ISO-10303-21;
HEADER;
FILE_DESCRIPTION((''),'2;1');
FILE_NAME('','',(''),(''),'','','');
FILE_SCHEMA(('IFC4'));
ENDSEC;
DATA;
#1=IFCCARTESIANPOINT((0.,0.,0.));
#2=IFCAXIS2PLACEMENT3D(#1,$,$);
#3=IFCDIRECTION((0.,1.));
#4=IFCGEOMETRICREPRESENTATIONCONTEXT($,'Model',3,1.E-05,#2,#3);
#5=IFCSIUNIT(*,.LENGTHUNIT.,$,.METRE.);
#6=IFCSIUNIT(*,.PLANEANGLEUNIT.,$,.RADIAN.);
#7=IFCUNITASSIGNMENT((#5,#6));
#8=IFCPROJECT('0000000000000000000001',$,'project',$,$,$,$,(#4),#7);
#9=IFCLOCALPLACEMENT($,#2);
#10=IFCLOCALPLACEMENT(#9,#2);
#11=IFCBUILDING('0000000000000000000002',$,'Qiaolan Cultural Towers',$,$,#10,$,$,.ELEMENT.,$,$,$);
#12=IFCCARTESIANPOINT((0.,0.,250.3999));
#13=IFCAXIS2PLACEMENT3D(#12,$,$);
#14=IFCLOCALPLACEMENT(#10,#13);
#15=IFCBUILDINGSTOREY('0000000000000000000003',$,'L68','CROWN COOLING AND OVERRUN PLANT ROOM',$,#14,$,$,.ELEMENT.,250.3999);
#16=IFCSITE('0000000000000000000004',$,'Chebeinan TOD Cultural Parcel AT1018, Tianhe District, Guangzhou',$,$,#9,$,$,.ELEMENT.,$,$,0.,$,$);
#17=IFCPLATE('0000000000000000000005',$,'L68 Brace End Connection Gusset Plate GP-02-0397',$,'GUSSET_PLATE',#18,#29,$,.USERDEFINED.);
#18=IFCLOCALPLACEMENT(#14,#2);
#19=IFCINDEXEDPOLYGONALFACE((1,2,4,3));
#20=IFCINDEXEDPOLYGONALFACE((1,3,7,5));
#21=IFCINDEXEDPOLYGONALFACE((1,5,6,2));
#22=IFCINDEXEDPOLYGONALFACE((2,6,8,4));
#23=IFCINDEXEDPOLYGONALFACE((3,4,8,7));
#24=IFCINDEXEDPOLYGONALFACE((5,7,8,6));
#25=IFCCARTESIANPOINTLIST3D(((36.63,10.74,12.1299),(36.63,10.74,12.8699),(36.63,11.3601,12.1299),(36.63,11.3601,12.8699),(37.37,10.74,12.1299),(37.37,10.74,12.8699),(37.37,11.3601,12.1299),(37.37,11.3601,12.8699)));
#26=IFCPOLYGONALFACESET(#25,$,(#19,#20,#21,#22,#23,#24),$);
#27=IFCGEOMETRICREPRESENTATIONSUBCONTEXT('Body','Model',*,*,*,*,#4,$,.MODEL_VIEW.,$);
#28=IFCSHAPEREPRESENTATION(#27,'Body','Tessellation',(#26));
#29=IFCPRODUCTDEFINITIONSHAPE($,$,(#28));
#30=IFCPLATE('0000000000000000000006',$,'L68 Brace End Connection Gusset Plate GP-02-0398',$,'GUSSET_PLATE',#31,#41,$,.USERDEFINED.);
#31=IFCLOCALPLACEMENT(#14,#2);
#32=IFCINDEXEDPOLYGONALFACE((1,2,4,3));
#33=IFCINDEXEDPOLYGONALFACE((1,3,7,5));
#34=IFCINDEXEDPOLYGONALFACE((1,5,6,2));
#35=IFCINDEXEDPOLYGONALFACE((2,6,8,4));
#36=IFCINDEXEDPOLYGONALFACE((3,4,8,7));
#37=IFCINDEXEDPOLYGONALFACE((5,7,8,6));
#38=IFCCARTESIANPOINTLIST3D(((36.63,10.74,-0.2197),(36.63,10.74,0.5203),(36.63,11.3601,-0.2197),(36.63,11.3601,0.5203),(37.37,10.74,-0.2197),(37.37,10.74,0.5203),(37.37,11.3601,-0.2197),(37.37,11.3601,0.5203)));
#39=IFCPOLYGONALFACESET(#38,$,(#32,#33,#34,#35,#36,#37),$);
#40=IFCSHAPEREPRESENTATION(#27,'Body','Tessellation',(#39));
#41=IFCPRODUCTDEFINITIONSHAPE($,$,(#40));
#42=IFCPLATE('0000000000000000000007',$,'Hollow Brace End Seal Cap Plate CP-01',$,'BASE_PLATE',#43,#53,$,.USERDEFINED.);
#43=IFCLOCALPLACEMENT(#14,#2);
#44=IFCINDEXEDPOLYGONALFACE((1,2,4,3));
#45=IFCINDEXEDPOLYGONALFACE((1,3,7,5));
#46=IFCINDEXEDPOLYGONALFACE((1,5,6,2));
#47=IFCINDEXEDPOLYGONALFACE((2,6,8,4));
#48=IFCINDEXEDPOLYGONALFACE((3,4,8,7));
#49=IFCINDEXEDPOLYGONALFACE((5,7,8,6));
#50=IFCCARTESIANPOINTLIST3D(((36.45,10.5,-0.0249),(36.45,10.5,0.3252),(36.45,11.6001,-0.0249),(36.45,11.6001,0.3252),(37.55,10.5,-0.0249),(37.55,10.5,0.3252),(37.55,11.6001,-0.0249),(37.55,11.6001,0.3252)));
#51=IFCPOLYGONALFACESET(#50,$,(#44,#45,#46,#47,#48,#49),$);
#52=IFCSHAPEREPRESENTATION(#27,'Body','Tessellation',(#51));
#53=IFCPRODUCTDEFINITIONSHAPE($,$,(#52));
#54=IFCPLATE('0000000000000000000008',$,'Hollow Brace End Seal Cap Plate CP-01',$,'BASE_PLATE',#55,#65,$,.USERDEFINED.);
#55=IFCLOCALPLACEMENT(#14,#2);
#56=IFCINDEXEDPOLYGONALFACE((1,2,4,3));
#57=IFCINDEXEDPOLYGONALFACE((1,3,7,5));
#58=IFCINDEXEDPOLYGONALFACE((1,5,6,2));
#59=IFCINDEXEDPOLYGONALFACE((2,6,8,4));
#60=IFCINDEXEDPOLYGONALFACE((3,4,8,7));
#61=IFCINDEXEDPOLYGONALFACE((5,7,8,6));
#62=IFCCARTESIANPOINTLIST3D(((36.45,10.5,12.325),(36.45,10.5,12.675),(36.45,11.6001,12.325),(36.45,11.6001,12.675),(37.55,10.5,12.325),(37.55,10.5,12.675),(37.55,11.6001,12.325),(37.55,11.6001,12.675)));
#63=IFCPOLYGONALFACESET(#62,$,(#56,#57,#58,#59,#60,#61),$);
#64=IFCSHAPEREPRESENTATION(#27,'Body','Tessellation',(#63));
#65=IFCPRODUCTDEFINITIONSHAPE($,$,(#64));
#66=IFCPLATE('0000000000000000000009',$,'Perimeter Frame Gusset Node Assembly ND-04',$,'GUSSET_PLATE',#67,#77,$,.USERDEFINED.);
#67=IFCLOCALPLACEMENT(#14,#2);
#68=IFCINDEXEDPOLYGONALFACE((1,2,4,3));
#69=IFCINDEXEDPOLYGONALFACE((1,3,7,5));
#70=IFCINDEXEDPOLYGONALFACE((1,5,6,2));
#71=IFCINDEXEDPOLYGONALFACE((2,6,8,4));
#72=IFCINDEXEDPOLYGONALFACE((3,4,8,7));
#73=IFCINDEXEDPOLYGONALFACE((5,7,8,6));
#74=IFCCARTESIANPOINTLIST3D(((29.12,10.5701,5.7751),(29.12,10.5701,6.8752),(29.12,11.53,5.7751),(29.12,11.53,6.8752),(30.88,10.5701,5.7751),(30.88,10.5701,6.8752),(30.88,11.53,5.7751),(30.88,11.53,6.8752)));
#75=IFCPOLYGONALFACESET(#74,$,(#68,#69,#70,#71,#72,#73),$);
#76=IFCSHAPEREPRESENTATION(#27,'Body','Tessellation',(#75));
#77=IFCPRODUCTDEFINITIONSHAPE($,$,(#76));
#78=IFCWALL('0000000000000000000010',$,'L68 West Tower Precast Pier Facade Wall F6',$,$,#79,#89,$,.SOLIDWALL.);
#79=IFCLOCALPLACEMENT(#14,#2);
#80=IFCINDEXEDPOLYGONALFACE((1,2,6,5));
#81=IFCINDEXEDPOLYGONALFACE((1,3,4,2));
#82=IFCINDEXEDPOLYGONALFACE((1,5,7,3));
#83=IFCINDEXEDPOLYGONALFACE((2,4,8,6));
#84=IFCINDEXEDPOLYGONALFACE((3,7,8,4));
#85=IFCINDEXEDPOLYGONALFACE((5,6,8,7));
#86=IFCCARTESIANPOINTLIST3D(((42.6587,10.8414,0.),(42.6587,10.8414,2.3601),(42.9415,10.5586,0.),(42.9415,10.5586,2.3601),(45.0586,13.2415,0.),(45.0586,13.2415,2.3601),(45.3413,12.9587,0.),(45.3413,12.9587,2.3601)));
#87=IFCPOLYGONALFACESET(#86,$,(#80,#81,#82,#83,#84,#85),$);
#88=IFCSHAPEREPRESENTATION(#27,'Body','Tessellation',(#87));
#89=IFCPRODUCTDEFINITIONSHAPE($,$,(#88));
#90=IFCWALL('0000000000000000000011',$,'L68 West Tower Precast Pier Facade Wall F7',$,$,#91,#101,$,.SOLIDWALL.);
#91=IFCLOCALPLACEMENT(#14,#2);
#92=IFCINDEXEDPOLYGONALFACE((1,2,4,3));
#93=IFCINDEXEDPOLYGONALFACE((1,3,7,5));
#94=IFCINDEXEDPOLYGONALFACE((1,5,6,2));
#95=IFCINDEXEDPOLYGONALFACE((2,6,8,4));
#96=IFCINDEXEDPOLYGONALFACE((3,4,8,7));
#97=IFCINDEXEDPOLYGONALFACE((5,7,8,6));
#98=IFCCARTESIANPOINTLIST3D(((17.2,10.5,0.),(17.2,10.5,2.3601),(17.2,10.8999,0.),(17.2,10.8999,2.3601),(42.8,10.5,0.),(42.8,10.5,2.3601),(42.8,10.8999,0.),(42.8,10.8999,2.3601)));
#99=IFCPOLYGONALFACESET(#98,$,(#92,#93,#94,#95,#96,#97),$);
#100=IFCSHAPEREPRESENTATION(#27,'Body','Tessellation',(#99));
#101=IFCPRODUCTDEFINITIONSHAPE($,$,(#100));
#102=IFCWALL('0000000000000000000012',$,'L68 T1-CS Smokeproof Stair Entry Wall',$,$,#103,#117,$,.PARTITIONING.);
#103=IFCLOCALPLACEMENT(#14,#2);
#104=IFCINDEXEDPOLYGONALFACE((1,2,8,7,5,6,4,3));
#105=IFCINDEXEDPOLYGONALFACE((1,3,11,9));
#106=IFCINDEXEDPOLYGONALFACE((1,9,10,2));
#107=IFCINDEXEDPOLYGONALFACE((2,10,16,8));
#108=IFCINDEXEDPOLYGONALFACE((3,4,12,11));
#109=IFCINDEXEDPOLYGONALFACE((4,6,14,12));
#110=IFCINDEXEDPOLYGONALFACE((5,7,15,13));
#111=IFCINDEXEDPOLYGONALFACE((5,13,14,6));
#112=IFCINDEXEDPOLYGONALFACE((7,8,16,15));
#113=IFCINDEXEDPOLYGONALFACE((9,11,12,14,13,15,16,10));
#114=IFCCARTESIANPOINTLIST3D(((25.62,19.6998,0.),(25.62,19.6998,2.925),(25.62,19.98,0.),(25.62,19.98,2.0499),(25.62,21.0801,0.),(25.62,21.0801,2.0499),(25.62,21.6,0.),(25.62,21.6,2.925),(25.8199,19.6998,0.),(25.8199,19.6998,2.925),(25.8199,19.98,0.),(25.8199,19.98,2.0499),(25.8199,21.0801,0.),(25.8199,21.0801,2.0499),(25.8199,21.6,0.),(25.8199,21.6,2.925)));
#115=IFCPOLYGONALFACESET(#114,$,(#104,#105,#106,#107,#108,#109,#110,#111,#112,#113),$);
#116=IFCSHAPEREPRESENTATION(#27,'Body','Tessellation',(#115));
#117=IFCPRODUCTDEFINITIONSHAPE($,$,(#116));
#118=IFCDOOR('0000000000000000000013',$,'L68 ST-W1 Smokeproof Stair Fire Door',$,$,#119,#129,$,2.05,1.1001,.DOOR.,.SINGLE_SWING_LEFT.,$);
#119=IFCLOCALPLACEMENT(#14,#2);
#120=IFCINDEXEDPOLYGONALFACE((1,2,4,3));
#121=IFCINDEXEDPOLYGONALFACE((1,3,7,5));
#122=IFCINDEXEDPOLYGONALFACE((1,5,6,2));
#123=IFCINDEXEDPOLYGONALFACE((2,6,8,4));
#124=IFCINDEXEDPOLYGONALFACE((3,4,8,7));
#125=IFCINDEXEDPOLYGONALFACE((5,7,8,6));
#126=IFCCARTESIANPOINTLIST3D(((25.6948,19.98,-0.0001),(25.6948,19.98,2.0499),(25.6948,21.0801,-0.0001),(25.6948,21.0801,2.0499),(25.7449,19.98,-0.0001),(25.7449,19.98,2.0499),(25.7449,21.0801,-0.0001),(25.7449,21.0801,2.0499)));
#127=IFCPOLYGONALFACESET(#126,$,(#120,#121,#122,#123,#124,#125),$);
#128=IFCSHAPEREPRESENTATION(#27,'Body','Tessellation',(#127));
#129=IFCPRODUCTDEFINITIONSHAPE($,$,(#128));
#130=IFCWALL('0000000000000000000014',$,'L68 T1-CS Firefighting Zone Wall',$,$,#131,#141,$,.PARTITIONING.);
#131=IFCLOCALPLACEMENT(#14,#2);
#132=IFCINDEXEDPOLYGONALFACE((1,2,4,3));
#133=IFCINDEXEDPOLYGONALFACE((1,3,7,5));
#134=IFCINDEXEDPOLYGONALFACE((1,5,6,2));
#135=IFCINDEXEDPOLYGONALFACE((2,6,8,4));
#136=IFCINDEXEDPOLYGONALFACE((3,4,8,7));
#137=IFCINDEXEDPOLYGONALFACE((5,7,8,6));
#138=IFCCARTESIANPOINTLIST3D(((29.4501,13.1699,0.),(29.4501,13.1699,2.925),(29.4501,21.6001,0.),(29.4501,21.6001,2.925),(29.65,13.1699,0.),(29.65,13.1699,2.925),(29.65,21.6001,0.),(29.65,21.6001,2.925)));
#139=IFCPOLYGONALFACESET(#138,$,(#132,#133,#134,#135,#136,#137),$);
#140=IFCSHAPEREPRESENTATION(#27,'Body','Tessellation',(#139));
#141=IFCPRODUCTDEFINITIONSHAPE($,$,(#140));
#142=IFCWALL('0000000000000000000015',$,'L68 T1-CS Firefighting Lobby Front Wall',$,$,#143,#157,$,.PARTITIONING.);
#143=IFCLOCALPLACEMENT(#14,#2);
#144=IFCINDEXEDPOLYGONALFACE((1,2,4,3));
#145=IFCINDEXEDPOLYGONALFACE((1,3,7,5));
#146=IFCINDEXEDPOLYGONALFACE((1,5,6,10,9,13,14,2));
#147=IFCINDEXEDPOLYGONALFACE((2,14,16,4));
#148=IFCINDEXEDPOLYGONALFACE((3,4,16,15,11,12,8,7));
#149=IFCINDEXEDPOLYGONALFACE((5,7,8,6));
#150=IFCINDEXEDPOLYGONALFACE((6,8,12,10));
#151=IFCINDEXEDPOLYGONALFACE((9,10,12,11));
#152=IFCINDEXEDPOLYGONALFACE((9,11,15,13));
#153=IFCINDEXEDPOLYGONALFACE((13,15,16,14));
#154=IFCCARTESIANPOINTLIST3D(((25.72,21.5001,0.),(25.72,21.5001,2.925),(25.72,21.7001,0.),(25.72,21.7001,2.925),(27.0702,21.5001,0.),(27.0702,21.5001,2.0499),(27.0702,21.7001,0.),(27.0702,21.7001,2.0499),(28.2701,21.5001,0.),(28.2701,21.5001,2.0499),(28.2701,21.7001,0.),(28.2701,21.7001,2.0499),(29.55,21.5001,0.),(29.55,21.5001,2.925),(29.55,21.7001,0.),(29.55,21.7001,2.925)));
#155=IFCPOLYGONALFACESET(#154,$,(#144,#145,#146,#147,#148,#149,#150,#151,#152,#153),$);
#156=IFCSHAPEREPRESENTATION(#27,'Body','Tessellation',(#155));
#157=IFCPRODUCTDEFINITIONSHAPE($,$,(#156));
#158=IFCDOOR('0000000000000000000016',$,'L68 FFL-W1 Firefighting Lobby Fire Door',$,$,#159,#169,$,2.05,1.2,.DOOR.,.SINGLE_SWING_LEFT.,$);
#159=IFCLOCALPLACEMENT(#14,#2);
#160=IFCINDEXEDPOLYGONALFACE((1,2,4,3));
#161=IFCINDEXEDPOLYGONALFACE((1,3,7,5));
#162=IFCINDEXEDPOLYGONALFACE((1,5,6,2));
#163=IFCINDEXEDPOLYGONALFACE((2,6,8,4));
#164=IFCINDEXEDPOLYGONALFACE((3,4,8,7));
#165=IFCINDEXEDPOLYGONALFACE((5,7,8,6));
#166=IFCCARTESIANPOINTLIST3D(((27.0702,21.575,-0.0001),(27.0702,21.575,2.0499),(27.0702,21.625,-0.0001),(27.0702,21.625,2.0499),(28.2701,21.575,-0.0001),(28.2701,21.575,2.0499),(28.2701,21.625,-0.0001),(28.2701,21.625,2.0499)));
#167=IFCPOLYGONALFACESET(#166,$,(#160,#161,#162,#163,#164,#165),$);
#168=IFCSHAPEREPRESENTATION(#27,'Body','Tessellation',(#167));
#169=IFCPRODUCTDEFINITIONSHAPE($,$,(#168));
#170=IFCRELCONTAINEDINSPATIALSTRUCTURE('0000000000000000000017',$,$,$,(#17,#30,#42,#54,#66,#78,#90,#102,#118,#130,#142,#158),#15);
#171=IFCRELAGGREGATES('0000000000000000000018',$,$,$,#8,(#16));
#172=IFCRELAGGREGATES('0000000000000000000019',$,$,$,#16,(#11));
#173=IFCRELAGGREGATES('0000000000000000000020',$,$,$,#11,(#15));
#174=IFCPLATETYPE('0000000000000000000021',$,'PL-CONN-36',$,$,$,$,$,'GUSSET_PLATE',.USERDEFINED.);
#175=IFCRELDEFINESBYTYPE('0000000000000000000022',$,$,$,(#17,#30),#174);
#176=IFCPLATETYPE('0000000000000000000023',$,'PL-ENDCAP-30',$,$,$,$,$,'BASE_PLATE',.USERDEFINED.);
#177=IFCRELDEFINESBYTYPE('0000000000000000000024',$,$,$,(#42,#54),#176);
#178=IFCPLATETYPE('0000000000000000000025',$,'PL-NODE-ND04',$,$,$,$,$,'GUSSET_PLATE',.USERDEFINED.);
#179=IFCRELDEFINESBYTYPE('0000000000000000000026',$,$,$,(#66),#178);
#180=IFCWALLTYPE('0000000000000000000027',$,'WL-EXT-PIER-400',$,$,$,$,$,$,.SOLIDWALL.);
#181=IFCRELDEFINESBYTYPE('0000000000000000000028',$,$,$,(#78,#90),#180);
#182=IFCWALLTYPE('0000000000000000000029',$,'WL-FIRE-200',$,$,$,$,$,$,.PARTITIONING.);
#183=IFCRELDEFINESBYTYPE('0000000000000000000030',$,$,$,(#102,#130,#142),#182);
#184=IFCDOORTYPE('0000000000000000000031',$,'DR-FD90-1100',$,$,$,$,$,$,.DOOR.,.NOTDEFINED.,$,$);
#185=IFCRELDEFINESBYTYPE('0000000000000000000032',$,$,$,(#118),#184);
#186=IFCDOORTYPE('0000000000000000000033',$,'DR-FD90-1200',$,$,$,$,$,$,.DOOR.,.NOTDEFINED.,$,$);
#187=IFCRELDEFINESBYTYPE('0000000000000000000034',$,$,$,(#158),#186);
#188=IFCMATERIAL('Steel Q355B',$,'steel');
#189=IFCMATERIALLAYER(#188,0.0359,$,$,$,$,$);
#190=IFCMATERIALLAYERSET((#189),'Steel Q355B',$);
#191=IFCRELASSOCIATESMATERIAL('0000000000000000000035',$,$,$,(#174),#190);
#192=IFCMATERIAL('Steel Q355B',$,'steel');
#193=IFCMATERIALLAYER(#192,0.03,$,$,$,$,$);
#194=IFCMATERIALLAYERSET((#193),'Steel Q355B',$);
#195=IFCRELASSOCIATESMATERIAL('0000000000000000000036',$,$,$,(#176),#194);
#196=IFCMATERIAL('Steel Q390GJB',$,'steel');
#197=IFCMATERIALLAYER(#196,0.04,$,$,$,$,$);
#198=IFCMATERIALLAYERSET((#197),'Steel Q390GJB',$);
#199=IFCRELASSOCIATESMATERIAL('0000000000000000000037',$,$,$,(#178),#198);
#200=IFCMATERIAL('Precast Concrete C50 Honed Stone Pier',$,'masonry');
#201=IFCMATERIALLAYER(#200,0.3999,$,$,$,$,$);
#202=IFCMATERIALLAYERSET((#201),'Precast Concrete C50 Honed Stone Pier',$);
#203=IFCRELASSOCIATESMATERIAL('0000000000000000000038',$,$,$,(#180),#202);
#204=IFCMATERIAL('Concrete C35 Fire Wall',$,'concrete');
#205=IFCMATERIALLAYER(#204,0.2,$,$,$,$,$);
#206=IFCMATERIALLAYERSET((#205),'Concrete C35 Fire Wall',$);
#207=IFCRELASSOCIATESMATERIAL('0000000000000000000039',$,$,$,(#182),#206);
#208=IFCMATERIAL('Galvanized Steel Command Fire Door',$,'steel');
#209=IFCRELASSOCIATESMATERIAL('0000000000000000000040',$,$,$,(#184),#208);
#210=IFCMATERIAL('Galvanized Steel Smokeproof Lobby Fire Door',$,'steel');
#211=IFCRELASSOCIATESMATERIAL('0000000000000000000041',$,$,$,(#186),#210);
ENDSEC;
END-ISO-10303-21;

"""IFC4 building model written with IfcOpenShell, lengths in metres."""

from ifc_helpers import new_model, si_unit, direction, frame, frame_2d, origin, origin_2d, place, context, subcontext, project, spatial, rectangle, extrude, material, layer, layer_set, type_object, element, fill, save


model = new_model("IFC4")

# Units and contexts
model_context = context("Model", 3, precision=1e-05, world=origin(), true_north=direction((0.0, 1.0)))
body_context = subcontext(model_context, "Body", "Model", "MODEL_VIEW")
ifc_project = project(units=[si_unit("LENGTHUNIT", "METRE"), si_unit("PLANEANGLEUNIT", "RADIAN")], contexts=[model_context])

# Site, building, storey
site_placement = place(None, origin())
site = spatial("IfcSite", under=ifc_project, at=site_placement, Name="Chebeinan TOD Cultural Parcel AT1018, Tianhe District, Guangzhou", CompositionType="ELEMENT", RefElevation=0.0)
building_placement = place(site_placement, origin())
building = spatial("IfcBuilding", under=site, at=building_placement, Name="Qiaolan Cultural Towers", CompositionType="ELEMENT")
storey_placement = place(building_placement, frame((0.0, 0.0, 250.3999)))
storey = spatial("IfcBuildingStorey", under=building, at=storey_placement, Name="L68", Description="CROWN COOLING AND OVERRUN PLANT ROOM", CompositionType="ELEMENT", Elevation=250.3999)

# Plates
ifc_material_1 = material(Name="Steel Q355B", Category="steel")
ifc_layer_1 = layer(ifc_material_1, 0.0359)
ifc_layer_set_1 = layer_set([ifc_layer_1], Name="Steel Q355B")
plate_type_1 = type_object("IfcPlateType", Name="PL-CONN-36", ElementType="GUSSET_PLATE", PredefinedType="USERDEFINED", material=ifc_layer_set_1)
for number, where, z_axis, x_axis, name in (
    (1, (37.0, 11.05, 12.1299), (0.0, 0.0, 1.0), (1.0, 0.0, 0.0), "L68 Brace End Connection Gusset Plate GP-02-0397"),
    (2, (37.0, 11.05, -0.2197), (0.0, 0.0, 1.0), (1.0, 0.0, 0.0), "L68 Brace End Connection Gusset Plate GP-02-0398"),
):
    element("IfcPlate", number, at=place(storey_placement, frame(where, z_axis=z_axis, x_axis=x_axis)), inside=storey, type_object=plate_type_1, Name=name, ObjectType="GUSSET_PLATE", PredefinedType="USERDEFINED", context=body_context, shape_type="SweptSolid", body=[
        extrude(rectangle(XDim=0.74, YDim=0.6201, at=origin_2d()), origin(), (0.0, 0.0, 1.0), 0.74),
    ])
ifc_material_2 = material(Name="Steel Q355B", Category="steel")
ifc_layer_2 = layer(ifc_material_2, 0.03)
ifc_layer_set_2 = layer_set([ifc_layer_2], Name="Steel Q355B")
plate_type_2 = type_object("IfcPlateType", Name="PL-ENDCAP-30", ElementType="BASE_PLATE", PredefinedType="USERDEFINED", material=ifc_layer_set_2)
for number, where, z_axis, x_axis, name in (
    (3, (37.0, 11.05, -0.0249), (0.0, 0.0, 1.0), (1.0, 0.0, 0.0), "Hollow Brace End Seal Cap Plate CP-01"),
    (4, (37.0, 11.05, 12.325), (0.0, 0.0, 1.0), (1.0, 0.0, 0.0), "Hollow Brace End Seal Cap Plate CP-01"),
):
    element("IfcPlate", number, at=place(storey_placement, frame(where, z_axis=z_axis, x_axis=x_axis)), inside=storey, type_object=plate_type_2, Name=name, ObjectType="BASE_PLATE", PredefinedType="USERDEFINED", context=body_context, shape_type="SweptSolid", body=[
        extrude(rectangle(XDim=1.1001, YDim=1.1001, at=origin_2d()), origin(), (0.0, 0.0, 1.0), 0.3501),
    ])
ifc_material_3 = material(Name="Steel Q390GJB", Category="steel")
ifc_layer_3 = layer(ifc_material_3, 0.04)
ifc_layer_set_3 = layer_set([ifc_layer_3], Name="Steel Q390GJB")
plate_type_3 = type_object("IfcPlateType", Name="PL-NODE-ND04", ElementType="GUSSET_PLATE", PredefinedType="USERDEFINED", material=ifc_layer_set_3)
plate_placement = place(storey_placement, frame((30.0, 11.05, 5.7751), z_axis=(0.0, 0.0, 1.0), x_axis=(1.0, 0.0, 0.0)))
element("IfcPlate", 5, at=plate_placement, inside=storey, type_object=plate_type_3, Name="Perimeter Frame Gusset Node Assembly ND-04", ObjectType="GUSSET_PLATE", PredefinedType="USERDEFINED", context=body_context, shape_type="SweptSolid", body=[
    extrude(rectangle(XDim=1.76, YDim=0.96, at=origin_2d()), origin(), (0.0, 0.0, 1.0), 1.1001),
])

# Walls
ifc_material_4 = material(Name="Precast Concrete C50 Honed Stone Pier", Category="masonry")
ifc_layer_4 = layer(ifc_material_4, 0.3999)
ifc_layer_set_4 = layer_set([ifc_layer_4], Name="Precast Concrete C50 Honed Stone Pier")
wall_type_1 = type_object("IfcWallType", Name="WL-EXT-PIER-400", PredefinedType="SOLIDWALL", material=ifc_layer_set_4)
wall_1_placement = place(storey_placement, frame((45.2, 13.1001, 0.0), z_axis=(0.0, 0.0, 1.0), x_axis=(-0.707071, -0.707143, 0.0)))
element("IfcWall", 6, at=wall_1_placement, inside=storey, type_object=wall_type_1, Name="L68 West Tower Precast Pier Facade Wall F6", PredefinedType="SOLIDWALL", context=body_context, shape_type="SweptSolid", body=[
    extrude(rectangle(XDim=3.394, YDim=0.3999, at=frame_2d((1.697, 0.0))), origin(), (0.0, 0.0, 1.0), 2.3601),
])
wall_2_placement = place(storey_placement, frame((42.8, 10.7, 0.0), z_axis=(0.0, 0.0, 1.0), x_axis=(-1.0, 0.0, 0.0)))
element("IfcWall", 7, at=wall_2_placement, inside=storey, type_object=wall_type_1, Name="L68 West Tower Precast Pier Facade Wall F7", PredefinedType="SOLIDWALL", context=body_context, shape_type="SweptSolid", body=[
    extrude(rectangle(XDim=25.6001, YDim=0.3999, at=frame_2d((12.8, 0.0))), origin(), (0.0, 0.0, 1.0), 2.3601),
])

# Wall, opening, door
ifc_material_5 = material(Name="Concrete C35 Fire Wall", Category="concrete")
ifc_layer_5 = layer(ifc_material_5, 0.2)
ifc_layer_set_5 = layer_set([ifc_layer_5], Name="Concrete C35 Fire Wall")
wall_type_2 = type_object("IfcWallType", Name="WL-FIRE-200", PredefinedType="PARTITIONING", material=ifc_layer_set_5)
wall_3_placement = place(storey_placement, frame((25.72, 21.6001, 0.0), z_axis=(0.0, 0.0, 1.0), x_axis=(0.0, -1.0, 0.0)))
wall_3 = element("IfcWall", 8, at=wall_3_placement, inside=storey, type_object=wall_type_2, Name="L68 T1-CS Smokeproof Stair Entry Wall", PredefinedType="PARTITIONING", context=body_context, shape_type="SweptSolid", body=[
    extrude(rectangle(XDim=1.9001, YDim=0.2, at=frame_2d((0.9502, 0.0))), origin(), (0.0, 0.0, 1.0), 2.925),
])
opening_1_placement = place(wall_3_placement, frame((0.52, 0.0, 0.0)))
opening_1 = element("IfcOpeningElement", 9, at=opening_1_placement, cuts=wall_3, PredefinedType="OPENING", context=body_context, shape_type="SweptSolid", body=[
    extrude(rectangle(XDim=1.1001, YDim=2.05, at=frame_2d((0.55, 1.0249))), frame((0.0, 0.1099, 0.0), z_axis=(0.0, -1.0, 0.0), x_axis=(1.0, 0.0, 0.0)), (0.0, 0.0, 1.0), 0.22),
])
ifc_material_6 = material(Name="Galvanized Steel Command Fire Door", Category="steel")
door_type_1 = type_object("IfcDoorType", Name="DR-FD90-1100", OperationType="NOTDEFINED", PredefinedType="DOOR", material=ifc_material_6)
door_1_placement = place(opening_1_placement, origin())
door_1 = element("IfcDoor", 10, at=door_1_placement, inside=storey, type_object=door_type_1, Name="L68 ST-W1 Smokeproof Stair Fire Door", OperationType="SINGLE_SWING_LEFT", OverallHeight=2.05, OverallWidth=1.1001, PredefinedType="DOOR", context=body_context, shape_type="SweptSolid", body=[
    extrude(rectangle(XDim=1.1001, YDim=2.05, at=frame_2d((0.55, 1.0249))), frame((0.0, 0.0249, 0.0), z_axis=(0.0, -1.0, 0.0), x_axis=(1.0, 0.0, 0.0)), (0.0, 0.0, 1.0), 0.05),
])
fill(opening_1, door_1)

# Wall
wall_4_placement = place(storey_placement, frame((29.55, 21.6001, 0.0), z_axis=(0.0, 0.0, 1.0), x_axis=(0.0, -1.0, 0.0)))
element("IfcWall", 11, at=wall_4_placement, inside=storey, type_object=wall_type_2, Name="L68 T1-CS Firefighting Zone Wall", PredefinedType="PARTITIONING", context=body_context, shape_type="SweptSolid", body=[
    extrude(rectangle(XDim=8.4302, YDim=0.2, at=frame_2d((4.2151, 0.0))), origin(), (0.0, 0.0, 1.0), 2.925),
])

# Wall, opening, door
wall_5_placement = place(storey_placement, frame((25.72, 21.6001, 0.0), z_axis=(0.0, 0.0, 1.0), x_axis=(1.0, 0.0, 0.0)))
wall_5 = element("IfcWall", 12, at=wall_5_placement, inside=storey, type_object=wall_type_2, Name="L68 T1-CS Firefighting Lobby Front Wall", PredefinedType="PARTITIONING", context=body_context, shape_type="SweptSolid", body=[
    extrude(rectangle(XDim=3.8301, YDim=0.2, at=frame_2d((1.915, 0.0))), origin(), (0.0, 0.0, 1.0), 2.925),
])
opening_2_placement = place(wall_5_placement, frame((1.3501, 0.0, 0.0)))
opening_2 = element("IfcOpeningElement", 13, at=opening_2_placement, cuts=wall_5, PredefinedType="OPENING", context=body_context, shape_type="SweptSolid", body=[
    extrude(rectangle(XDim=1.2, YDim=2.05, at=frame_2d((0.6001, 1.0249))), frame((0.0, 0.1099, 0.0), z_axis=(0.0, -1.0, 0.0), x_axis=(1.0, 0.0, 0.0)), (0.0, 0.0, 1.0), 0.22),
])
ifc_material_7 = material(Name="Galvanized Steel Smokeproof Lobby Fire Door", Category="steel")
door_type_2 = type_object("IfcDoorType", Name="DR-FD90-1200", OperationType="NOTDEFINED", PredefinedType="DOOR", material=ifc_material_7)
door_2_placement = place(opening_2_placement, origin())
door_2 = element("IfcDoor", 14, at=door_2_placement, inside=storey, type_object=door_type_2, Name="L68 FFL-W1 Firefighting Lobby Fire Door", OperationType="SINGLE_SWING_LEFT", OverallHeight=2.05, OverallWidth=1.2, PredefinedType="DOOR", context=body_context, shape_type="SweptSolid", body=[
    extrude(rectangle(XDim=1.2, YDim=2.05, at=frame_2d((0.6001, 1.0249))), frame((0.0, 0.0249, 0.0), z_axis=(0.0, -1.0, 0.0), x_axis=(1.0, 0.0, 0.0)), (0.0, 0.0, 1.0), 0.05),
])
fill(opening_2, door_2)

save(model, "model.ifc")
